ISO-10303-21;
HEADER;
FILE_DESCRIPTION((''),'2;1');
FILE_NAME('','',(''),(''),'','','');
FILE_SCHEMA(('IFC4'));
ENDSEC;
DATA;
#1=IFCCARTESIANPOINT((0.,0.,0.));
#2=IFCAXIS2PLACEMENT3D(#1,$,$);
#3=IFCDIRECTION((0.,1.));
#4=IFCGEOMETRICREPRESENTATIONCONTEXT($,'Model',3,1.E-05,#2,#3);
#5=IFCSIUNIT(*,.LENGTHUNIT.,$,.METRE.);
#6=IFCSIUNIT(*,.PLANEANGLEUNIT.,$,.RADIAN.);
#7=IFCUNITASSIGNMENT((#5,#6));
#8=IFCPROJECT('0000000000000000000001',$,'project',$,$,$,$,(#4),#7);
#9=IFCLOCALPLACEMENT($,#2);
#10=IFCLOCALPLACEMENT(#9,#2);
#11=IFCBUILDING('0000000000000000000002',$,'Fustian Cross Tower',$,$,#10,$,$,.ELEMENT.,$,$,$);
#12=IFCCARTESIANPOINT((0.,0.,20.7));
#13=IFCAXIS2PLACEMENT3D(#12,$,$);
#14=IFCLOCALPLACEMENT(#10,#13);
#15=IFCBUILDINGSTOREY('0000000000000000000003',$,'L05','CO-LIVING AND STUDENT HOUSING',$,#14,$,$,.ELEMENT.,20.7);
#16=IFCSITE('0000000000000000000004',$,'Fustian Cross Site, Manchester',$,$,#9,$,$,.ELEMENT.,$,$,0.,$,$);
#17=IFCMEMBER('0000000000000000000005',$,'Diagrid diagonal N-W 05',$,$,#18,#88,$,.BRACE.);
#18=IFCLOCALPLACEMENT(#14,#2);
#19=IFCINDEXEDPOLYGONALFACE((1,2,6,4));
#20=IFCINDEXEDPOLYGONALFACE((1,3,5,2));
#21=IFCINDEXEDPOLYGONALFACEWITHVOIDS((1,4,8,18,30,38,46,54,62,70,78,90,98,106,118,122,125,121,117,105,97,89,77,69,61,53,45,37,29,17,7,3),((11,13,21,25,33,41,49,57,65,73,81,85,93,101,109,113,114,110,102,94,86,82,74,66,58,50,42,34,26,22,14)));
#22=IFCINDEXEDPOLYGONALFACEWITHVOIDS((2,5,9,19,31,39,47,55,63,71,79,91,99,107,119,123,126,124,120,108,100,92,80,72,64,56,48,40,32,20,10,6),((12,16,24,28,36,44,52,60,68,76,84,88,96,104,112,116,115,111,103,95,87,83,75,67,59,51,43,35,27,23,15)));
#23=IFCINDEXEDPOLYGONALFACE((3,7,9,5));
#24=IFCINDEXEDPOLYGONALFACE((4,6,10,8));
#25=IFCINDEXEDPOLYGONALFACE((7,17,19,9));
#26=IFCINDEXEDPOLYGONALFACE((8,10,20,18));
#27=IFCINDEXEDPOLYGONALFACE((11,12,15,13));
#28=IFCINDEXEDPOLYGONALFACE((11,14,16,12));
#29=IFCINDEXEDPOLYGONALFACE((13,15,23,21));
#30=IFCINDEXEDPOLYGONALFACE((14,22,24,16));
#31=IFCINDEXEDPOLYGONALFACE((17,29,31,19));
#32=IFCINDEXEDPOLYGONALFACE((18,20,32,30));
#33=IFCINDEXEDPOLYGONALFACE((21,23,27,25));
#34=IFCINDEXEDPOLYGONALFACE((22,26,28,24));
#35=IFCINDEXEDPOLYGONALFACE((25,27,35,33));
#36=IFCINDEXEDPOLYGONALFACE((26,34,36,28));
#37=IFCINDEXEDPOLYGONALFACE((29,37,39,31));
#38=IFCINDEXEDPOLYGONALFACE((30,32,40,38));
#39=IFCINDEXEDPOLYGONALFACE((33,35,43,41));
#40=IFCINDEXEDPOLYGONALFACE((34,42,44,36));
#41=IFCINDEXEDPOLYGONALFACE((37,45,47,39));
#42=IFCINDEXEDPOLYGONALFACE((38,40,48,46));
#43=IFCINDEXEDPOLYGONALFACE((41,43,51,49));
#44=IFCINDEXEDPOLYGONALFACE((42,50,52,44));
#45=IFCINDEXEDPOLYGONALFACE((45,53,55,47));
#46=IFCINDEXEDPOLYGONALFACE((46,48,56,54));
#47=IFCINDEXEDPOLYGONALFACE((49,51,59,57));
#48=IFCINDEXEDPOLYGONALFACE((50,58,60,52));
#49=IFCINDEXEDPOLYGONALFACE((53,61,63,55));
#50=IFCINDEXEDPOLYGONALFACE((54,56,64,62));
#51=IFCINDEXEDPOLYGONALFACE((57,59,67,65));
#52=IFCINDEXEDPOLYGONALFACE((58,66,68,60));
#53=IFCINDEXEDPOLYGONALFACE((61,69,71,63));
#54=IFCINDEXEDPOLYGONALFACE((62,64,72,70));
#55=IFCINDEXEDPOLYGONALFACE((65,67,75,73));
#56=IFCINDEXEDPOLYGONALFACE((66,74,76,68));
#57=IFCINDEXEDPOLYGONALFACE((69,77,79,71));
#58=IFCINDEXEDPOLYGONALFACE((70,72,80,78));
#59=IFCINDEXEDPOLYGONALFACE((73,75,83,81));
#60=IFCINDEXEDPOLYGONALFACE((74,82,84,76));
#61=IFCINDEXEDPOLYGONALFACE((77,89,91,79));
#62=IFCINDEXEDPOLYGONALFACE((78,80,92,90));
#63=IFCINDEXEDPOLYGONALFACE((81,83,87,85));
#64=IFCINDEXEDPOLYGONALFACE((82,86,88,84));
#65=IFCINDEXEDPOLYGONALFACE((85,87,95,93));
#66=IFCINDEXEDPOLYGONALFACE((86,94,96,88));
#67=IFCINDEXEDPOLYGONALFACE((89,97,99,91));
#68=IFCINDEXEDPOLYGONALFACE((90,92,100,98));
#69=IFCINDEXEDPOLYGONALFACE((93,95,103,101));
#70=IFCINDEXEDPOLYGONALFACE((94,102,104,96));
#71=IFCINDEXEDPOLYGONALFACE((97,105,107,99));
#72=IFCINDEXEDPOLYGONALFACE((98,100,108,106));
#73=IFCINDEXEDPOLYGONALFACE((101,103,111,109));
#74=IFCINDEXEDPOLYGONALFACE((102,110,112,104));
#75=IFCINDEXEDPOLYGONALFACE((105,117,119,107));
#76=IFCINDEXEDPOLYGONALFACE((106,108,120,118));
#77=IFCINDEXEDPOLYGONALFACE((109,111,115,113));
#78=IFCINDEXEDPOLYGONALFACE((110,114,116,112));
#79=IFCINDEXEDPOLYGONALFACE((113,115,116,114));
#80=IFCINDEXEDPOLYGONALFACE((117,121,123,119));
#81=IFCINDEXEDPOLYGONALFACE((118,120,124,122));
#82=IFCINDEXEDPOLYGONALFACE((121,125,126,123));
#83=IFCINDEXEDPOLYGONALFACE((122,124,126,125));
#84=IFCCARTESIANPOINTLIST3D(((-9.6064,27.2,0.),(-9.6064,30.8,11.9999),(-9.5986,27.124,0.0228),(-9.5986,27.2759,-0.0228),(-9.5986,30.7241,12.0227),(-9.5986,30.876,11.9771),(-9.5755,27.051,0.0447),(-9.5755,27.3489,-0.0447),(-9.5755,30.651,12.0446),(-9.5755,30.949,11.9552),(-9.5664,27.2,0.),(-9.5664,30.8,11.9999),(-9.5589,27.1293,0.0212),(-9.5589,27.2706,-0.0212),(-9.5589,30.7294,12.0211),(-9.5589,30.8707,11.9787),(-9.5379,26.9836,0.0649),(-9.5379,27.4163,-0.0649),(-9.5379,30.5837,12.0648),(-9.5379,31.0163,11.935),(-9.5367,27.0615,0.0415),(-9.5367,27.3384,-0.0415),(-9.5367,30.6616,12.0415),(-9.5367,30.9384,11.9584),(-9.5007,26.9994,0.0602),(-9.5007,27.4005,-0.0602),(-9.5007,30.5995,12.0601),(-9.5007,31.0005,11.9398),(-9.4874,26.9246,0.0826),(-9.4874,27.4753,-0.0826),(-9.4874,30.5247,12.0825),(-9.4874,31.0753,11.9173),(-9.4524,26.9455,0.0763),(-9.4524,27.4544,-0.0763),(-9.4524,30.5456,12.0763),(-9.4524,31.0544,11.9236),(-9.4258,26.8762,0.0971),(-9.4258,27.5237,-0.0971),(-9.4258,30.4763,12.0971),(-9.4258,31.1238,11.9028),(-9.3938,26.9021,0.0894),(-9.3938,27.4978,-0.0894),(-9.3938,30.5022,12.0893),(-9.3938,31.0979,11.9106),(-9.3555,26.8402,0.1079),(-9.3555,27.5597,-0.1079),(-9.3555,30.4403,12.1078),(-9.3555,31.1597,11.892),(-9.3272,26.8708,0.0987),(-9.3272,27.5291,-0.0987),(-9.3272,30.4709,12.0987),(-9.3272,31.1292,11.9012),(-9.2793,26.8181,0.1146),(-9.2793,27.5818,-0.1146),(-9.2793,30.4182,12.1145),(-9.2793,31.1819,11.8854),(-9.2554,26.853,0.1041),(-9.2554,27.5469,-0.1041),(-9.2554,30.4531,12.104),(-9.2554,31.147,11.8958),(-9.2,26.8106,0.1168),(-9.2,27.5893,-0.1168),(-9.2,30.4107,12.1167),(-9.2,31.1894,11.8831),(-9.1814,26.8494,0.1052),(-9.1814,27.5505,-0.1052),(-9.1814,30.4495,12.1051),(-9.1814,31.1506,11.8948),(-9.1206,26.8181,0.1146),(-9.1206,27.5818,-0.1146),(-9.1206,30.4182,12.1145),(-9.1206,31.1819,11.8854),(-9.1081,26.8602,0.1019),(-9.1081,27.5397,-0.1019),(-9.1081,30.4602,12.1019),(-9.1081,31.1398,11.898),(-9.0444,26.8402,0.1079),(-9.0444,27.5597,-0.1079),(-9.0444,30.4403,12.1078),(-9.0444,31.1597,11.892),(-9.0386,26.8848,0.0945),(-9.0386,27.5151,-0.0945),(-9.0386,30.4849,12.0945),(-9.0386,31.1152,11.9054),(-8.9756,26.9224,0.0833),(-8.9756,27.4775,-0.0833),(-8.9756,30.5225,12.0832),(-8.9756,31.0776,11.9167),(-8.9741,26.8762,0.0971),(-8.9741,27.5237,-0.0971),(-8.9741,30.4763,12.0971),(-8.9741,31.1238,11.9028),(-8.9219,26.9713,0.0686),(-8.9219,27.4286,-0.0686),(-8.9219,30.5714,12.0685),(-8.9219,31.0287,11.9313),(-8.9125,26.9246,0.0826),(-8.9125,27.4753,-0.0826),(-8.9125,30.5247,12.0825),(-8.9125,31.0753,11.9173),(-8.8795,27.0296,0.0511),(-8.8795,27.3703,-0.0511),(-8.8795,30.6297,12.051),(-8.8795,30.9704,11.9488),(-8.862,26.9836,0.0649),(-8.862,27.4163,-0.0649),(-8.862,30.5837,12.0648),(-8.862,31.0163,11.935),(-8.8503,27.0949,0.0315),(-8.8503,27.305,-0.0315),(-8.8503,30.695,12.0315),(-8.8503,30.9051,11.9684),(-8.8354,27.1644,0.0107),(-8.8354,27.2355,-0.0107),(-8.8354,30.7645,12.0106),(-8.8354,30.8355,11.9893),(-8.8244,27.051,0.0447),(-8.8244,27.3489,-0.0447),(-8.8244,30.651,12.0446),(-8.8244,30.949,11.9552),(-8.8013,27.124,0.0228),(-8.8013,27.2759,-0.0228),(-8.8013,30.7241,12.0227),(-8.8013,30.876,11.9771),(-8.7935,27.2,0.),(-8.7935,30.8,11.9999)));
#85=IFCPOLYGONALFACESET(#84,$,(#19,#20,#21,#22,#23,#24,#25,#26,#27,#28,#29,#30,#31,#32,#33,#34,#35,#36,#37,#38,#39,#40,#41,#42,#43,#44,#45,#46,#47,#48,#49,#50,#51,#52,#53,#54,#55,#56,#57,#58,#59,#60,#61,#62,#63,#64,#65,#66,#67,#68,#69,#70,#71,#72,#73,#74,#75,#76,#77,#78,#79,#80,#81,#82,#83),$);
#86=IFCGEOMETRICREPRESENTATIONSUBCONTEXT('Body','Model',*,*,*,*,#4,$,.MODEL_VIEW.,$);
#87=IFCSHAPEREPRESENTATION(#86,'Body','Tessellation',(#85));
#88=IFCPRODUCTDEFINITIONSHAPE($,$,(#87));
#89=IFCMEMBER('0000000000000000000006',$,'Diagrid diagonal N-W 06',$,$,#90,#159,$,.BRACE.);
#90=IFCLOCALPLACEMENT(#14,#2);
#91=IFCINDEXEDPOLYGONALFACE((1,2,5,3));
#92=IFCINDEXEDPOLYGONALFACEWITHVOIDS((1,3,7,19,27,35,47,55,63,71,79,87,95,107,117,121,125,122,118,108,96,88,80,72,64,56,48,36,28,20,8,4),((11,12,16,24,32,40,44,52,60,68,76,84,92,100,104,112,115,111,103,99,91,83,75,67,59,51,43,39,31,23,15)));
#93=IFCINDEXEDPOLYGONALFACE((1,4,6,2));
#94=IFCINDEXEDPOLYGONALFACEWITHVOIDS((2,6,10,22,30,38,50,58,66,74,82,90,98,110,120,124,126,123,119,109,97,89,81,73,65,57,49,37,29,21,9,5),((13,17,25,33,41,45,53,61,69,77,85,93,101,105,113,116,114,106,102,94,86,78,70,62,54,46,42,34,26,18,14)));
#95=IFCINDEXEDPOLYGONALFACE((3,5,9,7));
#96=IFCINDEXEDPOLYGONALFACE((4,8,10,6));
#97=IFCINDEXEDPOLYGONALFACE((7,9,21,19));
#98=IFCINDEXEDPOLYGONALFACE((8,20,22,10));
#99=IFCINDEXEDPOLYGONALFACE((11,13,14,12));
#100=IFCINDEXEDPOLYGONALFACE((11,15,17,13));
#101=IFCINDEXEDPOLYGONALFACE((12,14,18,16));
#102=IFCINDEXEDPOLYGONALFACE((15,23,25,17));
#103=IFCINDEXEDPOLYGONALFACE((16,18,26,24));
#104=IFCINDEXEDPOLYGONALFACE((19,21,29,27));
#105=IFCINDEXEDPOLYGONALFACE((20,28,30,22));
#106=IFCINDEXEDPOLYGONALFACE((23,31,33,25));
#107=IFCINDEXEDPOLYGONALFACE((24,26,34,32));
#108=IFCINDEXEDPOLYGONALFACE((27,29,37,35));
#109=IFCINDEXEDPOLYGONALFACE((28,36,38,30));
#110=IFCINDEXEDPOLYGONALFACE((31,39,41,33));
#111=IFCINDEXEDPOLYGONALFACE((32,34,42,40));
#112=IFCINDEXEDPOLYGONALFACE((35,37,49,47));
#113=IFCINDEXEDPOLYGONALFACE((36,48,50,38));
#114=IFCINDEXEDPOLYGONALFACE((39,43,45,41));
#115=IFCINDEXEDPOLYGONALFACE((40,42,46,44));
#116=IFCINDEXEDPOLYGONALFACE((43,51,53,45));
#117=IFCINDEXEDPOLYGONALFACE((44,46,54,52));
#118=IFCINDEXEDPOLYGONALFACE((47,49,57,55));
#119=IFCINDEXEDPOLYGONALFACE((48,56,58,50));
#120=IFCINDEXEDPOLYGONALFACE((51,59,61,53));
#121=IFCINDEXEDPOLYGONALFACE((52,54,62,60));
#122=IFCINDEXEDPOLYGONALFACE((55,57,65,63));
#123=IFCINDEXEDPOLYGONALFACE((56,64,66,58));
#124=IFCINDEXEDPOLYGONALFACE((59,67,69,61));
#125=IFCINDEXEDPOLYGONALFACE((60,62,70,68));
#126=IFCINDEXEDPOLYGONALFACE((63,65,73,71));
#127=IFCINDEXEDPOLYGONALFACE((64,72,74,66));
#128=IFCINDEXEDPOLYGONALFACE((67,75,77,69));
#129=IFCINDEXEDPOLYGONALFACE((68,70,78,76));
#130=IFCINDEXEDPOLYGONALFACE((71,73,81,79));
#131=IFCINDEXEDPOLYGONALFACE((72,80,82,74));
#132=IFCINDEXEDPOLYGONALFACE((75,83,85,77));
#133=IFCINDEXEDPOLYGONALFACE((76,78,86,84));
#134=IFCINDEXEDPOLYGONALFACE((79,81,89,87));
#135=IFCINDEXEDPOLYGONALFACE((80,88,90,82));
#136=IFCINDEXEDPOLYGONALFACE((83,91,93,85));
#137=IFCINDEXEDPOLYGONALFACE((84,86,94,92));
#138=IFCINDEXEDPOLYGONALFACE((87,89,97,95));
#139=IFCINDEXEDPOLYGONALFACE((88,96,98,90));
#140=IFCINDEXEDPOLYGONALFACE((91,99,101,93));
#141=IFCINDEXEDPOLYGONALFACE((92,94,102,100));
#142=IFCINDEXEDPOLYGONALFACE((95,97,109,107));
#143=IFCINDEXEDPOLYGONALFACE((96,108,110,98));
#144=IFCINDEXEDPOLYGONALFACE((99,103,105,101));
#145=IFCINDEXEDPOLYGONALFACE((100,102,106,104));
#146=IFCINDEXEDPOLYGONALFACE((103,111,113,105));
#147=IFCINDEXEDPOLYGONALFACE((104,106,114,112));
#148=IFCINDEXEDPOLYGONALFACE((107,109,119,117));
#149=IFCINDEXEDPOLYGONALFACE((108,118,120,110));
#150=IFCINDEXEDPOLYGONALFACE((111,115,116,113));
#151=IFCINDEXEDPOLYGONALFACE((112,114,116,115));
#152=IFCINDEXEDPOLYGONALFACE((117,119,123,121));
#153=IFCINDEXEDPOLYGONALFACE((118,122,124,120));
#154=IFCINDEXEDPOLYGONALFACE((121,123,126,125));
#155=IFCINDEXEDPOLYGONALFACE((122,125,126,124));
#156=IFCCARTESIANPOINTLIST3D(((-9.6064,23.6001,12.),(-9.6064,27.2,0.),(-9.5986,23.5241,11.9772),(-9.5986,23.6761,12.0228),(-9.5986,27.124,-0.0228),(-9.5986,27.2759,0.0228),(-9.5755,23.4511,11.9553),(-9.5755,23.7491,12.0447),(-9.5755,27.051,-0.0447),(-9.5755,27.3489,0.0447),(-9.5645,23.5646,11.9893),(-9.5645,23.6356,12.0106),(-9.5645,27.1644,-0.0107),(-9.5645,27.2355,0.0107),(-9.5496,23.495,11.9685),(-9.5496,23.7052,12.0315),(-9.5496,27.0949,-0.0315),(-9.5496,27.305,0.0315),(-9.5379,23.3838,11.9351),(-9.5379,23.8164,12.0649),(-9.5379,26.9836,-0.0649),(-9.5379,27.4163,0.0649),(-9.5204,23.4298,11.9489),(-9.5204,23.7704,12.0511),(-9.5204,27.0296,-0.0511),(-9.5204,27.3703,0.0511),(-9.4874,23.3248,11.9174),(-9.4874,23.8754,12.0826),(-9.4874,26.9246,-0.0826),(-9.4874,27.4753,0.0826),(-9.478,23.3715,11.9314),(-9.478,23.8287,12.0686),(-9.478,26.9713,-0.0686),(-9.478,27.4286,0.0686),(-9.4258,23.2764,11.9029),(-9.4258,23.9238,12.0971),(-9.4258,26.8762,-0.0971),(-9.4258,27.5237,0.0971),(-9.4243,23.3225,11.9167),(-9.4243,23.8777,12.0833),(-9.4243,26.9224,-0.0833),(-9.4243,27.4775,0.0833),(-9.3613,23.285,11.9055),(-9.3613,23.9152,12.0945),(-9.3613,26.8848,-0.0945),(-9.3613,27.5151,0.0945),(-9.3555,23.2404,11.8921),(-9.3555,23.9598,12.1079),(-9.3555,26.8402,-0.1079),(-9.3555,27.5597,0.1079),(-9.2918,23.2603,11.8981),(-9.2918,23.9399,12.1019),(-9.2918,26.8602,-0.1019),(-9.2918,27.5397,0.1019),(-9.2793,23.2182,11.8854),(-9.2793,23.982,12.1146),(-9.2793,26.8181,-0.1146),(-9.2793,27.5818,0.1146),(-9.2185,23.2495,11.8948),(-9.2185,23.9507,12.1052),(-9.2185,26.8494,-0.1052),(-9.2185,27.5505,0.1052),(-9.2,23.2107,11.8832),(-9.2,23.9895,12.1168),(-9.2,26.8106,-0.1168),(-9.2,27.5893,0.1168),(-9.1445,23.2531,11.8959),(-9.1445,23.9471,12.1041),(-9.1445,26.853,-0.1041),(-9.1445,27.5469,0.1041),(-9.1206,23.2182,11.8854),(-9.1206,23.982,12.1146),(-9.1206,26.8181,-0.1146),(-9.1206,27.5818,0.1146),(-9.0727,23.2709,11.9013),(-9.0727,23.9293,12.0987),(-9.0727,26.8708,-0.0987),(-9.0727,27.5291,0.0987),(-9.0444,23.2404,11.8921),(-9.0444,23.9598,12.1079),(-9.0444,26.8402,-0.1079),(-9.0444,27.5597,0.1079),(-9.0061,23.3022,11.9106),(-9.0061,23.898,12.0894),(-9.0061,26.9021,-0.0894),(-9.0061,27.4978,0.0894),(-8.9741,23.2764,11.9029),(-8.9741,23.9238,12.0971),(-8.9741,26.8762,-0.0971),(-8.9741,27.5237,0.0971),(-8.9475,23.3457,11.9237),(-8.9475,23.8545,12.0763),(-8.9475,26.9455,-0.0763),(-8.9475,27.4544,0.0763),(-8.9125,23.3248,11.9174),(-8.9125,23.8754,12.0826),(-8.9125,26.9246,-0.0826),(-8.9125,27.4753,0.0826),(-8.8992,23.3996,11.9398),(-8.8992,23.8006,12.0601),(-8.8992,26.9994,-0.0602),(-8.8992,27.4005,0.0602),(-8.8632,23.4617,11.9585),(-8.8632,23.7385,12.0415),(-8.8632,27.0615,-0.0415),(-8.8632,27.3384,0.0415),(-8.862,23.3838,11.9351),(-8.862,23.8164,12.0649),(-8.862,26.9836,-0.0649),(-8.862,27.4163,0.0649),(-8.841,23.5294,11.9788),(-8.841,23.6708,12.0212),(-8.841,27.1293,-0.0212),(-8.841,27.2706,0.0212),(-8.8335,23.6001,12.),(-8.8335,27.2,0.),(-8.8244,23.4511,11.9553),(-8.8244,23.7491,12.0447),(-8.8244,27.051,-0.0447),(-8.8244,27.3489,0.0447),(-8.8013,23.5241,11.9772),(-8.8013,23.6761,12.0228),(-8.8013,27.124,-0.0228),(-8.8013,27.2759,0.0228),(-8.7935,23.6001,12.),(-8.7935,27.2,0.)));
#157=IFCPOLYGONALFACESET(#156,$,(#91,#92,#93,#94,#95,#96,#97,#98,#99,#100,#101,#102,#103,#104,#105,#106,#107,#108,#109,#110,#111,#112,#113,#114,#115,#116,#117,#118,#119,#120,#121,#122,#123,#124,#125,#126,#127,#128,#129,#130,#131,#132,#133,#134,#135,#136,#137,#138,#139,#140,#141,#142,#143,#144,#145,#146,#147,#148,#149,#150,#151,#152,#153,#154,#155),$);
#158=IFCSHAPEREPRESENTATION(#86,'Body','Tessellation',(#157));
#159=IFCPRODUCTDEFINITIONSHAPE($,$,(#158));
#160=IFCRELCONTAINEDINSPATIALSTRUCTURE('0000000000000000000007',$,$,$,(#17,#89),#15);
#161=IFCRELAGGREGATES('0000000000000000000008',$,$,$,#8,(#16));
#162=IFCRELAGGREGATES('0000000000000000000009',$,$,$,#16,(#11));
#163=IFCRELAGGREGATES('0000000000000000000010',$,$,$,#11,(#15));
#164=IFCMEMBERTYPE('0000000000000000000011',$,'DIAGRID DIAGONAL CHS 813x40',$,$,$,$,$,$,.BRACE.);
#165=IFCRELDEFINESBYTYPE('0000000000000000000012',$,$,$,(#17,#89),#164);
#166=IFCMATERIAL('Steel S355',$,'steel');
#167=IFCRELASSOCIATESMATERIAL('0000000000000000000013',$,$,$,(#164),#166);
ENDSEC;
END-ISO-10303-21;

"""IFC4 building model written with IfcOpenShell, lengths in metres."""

from ifc_helpers import new_model, si_unit, direction, frame, origin, origin_2d, place, context, subcontext, project, spatial, hollow_circle, extrude, material, material_profile, profile_set, type_object, element, save


model = new_model("IFC4")

# Units and contexts
model_context = context("Model", 3, precision=1e-05, world=origin(), true_north=direction((0.0, 1.0)))
body_context = subcontext(model_context, "Body", "Model", "MODEL_VIEW")
ifc_project = project(units=[si_unit("LENGTHUNIT", "METRE"), si_unit("PLANEANGLEUNIT", "RADIAN")], contexts=[model_context])

# Site, building, storey
site_placement = place(None, origin())
site = spatial("IfcSite", under=ifc_project, at=site_placement, Name="Fustian Cross Site, Manchester", CompositionType="ELEMENT", RefElevation=0.0)
building_placement = place(site_placement, origin())
building = spatial("IfcBuilding", under=site, at=building_placement, Name="Fustian Cross Tower", CompositionType="ELEMENT")
storey_placement = place(building_placement, frame((0.0, 0.0, 20.7)))
storey = spatial("IfcBuildingStorey", under=building, at=storey_placement, Name="L05", Description="CO-LIVING AND STUDENT HOUSING", CompositionType="ELEMENT", Elevation=20.7)

# Members
ifc_material_1 = material(Name="Steel S355", Category="steel")
ifc_material_profile_1 = material_profile(ifc_material_1, hollow_circle(Radius=0.4065, WallThickness=0.04, at=origin_2d()), Name="CHS 813x40")
ifc_profile_set_1 = profile_set([ifc_material_profile_1], Name="Steel S355")
member_type_1 = type_object("IfcMemberType", Name="DIAGRID DIAGONAL CHS 813x40", PredefinedType="BRACE", material=ifc_profile_set_1)
for number, where, z_axis, x_axis, name in (
    (1, (-9.2, 27.2, 0.0), (0.0, 0.287355, 0.957824), (-1.0, 0.0, 0.0), "Diagrid diagonal N-W 05"),
    (2, (-9.2, 27.2, 0.0), (0.0, -0.287337, 0.95783), (1.0, 0.0, 0.0), "Diagrid diagonal N-W 06"),
):
    element("IfcMember", number, at=place(storey_placement, frame(where, z_axis=z_axis, x_axis=x_axis)), inside=storey, type_object=member_type_1, Name=name, PredefinedType="BRACE", context=body_context, shape_type="SweptSolid", body=[
        extrude(hollow_circle(Radius=0.4065, WallThickness=0.04, at=origin_2d()), origin(), (0.0, 0.0, 1.0), 12.5283),
    ])

save(model, "model.ifc")
